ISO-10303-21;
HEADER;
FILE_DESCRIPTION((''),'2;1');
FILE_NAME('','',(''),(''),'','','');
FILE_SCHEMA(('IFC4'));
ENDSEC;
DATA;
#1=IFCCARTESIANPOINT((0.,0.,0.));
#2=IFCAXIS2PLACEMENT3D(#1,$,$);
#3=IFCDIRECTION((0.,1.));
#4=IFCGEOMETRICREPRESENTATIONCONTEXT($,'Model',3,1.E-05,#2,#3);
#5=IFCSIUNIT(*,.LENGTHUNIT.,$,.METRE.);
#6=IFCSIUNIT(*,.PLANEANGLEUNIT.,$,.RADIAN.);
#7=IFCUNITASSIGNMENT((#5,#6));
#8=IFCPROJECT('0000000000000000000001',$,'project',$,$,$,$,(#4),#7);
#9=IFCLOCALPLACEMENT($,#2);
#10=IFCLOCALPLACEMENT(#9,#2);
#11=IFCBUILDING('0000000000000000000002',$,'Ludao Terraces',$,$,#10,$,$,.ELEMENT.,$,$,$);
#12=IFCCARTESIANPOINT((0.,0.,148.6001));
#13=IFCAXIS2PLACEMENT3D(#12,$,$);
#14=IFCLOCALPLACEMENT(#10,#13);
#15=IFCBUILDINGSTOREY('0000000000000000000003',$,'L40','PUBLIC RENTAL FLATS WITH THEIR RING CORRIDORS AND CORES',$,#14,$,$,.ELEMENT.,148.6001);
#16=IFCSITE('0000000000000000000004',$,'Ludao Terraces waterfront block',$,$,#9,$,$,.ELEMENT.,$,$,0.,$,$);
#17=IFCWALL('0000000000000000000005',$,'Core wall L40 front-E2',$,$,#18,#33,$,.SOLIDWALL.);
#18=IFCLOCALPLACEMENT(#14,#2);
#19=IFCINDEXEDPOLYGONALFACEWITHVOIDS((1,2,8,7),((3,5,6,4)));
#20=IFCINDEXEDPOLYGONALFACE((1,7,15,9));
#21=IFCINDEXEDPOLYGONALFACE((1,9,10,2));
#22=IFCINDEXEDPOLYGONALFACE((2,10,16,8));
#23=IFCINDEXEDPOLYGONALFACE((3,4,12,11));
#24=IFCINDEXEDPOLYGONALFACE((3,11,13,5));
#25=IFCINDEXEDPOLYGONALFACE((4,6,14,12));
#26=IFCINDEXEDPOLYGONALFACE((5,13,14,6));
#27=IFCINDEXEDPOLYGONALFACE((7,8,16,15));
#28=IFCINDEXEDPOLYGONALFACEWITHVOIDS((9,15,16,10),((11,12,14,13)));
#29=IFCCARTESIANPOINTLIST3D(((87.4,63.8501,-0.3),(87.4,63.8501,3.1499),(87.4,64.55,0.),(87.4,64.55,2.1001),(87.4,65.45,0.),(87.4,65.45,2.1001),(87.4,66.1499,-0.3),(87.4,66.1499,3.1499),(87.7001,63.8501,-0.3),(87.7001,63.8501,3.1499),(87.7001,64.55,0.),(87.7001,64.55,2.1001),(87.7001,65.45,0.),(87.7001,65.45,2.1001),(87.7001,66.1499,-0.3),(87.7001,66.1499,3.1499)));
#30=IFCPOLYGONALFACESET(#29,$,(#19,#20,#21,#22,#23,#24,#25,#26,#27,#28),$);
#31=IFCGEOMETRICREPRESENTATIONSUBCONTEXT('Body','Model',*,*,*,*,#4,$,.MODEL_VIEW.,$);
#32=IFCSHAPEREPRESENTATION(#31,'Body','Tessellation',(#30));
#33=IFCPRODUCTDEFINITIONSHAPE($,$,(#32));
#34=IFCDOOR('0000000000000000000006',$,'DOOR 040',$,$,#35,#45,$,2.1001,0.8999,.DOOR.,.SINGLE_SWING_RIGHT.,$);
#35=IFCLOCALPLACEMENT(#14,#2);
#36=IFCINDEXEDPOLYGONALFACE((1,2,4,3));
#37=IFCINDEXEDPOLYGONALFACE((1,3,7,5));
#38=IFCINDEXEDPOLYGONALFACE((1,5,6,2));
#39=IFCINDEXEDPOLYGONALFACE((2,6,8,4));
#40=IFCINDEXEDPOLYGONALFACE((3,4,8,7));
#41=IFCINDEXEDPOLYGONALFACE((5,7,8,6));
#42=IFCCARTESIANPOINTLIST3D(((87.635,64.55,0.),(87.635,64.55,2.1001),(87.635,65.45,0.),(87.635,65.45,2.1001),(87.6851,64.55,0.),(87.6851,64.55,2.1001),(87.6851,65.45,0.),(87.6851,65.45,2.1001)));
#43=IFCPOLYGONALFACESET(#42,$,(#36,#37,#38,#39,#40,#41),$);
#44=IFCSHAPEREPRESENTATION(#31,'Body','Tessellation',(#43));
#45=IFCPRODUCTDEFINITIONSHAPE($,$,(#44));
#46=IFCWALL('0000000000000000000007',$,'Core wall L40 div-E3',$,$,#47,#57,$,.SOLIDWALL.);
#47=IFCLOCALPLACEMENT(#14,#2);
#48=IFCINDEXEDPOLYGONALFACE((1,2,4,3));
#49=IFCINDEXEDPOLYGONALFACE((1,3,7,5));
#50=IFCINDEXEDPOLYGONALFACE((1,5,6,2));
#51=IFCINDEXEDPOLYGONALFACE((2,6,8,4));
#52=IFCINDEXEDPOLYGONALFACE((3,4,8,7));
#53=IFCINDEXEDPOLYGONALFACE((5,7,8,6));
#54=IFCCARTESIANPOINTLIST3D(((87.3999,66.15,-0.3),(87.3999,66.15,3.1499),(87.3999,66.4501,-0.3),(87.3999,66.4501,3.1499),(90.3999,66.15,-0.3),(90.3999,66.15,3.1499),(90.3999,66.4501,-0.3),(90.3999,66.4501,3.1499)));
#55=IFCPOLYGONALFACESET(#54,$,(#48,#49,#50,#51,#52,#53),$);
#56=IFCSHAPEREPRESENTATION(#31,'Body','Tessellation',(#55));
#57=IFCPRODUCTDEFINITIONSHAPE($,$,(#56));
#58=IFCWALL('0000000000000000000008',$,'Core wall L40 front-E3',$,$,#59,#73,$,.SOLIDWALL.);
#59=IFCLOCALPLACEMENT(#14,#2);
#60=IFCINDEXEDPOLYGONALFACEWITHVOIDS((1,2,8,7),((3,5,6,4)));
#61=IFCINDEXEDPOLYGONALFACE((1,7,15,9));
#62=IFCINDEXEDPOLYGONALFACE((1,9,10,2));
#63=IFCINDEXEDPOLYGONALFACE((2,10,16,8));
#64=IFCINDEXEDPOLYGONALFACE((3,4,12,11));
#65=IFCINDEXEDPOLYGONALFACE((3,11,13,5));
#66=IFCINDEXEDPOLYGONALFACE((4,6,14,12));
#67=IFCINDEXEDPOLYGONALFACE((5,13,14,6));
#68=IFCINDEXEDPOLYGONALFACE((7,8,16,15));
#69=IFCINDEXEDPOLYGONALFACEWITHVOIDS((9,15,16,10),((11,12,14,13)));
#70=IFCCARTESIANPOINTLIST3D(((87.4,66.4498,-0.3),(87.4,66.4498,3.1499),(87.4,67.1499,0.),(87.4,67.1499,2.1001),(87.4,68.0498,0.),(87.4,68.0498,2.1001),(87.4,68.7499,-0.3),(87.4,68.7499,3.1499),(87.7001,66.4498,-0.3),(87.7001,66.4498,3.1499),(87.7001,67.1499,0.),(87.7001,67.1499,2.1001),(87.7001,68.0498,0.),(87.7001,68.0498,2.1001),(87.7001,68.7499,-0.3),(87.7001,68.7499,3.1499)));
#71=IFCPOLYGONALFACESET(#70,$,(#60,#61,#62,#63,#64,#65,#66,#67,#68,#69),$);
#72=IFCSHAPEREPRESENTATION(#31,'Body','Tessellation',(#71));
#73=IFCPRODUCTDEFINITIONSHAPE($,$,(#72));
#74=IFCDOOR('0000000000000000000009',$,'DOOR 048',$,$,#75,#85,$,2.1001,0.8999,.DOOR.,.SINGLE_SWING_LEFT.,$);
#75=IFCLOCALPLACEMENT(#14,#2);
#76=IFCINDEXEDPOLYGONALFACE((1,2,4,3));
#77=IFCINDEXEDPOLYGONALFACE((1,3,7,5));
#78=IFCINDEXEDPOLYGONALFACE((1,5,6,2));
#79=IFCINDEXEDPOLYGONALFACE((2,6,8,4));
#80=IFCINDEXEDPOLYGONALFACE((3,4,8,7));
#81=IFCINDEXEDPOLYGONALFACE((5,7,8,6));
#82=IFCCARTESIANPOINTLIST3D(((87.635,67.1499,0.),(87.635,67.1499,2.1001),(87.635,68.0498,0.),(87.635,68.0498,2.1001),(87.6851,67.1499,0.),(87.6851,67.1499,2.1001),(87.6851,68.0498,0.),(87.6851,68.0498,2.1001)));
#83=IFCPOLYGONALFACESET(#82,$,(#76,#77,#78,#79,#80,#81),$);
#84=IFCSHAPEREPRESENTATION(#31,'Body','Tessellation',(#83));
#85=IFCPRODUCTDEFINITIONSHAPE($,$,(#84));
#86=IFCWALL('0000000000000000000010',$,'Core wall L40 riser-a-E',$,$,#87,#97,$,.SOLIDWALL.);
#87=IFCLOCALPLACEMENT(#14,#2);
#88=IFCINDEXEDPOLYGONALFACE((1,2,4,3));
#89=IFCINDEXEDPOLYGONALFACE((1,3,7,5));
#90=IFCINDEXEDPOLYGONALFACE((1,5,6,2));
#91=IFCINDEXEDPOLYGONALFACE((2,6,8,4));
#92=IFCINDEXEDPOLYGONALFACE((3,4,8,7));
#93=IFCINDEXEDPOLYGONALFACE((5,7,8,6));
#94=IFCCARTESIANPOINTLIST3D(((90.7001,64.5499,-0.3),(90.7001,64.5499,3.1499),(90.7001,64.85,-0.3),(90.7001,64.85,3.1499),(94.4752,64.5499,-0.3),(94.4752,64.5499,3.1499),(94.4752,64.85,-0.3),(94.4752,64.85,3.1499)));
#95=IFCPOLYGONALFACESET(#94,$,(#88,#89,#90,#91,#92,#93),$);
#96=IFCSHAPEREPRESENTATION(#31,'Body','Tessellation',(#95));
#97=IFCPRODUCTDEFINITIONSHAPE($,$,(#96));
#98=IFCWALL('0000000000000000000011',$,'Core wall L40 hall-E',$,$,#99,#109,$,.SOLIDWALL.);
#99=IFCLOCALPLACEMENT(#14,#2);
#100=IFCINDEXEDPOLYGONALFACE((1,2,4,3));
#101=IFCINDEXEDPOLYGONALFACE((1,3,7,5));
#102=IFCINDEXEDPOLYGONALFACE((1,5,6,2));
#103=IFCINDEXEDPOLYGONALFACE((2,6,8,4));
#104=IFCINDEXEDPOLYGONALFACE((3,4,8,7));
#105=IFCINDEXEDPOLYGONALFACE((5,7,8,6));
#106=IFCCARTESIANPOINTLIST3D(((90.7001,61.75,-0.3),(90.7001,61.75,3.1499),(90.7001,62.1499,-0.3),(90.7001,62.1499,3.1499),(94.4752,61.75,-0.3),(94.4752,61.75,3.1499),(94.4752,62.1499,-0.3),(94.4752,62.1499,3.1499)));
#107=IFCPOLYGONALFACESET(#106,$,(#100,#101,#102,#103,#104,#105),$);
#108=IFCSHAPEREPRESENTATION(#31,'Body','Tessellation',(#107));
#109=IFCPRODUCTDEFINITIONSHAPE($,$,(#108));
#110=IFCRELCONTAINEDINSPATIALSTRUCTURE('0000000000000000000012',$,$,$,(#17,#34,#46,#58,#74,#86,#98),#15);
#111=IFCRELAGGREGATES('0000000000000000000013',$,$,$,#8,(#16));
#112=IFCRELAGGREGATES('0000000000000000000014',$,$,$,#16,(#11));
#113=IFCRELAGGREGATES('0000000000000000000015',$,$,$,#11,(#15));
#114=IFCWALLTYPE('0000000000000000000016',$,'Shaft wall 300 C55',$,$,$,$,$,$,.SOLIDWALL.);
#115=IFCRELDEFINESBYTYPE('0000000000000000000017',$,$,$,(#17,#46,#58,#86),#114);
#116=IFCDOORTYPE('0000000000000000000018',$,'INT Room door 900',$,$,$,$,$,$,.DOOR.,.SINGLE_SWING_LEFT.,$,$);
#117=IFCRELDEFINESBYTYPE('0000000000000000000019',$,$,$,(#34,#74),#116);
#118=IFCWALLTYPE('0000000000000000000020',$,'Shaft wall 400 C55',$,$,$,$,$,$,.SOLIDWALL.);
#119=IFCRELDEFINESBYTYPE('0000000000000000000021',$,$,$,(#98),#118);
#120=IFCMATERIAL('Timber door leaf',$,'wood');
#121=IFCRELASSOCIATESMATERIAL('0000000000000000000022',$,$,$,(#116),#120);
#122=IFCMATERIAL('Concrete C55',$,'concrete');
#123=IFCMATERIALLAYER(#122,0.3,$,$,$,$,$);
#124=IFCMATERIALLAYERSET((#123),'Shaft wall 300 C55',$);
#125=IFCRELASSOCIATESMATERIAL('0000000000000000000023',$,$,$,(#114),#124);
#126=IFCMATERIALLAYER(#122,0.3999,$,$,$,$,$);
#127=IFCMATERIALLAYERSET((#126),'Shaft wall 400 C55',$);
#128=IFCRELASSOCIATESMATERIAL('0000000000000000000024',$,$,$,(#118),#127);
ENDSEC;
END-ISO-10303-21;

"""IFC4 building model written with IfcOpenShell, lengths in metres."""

from ifc_helpers import new_model, si_unit, direction, frame, frame_2d, origin, place, context, subcontext, project, spatial, rectangle, extrude, material, layer, layer_set, type_object, element, fill, save


model = new_model("IFC4")

# Units and contexts
model_context = context("Model", 3, precision=1e-05, world=origin(), true_north=direction((0.0, 1.0)))
body_context = subcontext(model_context, "Body", "Model", "MODEL_VIEW")
ifc_project = project(units=[si_unit("LENGTHUNIT", "METRE"), si_unit("PLANEANGLEUNIT", "RADIAN")], contexts=[model_context])

# Site, building, storey
site_placement = place(None, origin())
site = spatial("IfcSite", under=ifc_project, at=site_placement, Name="Ludao Terraces waterfront block", CompositionType="ELEMENT", RefElevation=0.0)
building_placement = place(site_placement, origin())
building = spatial("IfcBuilding", under=site, at=building_placement, Name="Ludao Terraces", CompositionType="ELEMENT")
storey_placement = place(building_placement, frame((0.0, 0.0, 148.6001)))
storey = spatial("IfcBuildingStorey", under=building, at=storey_placement, Name="L40", Description="PUBLIC RENTAL FLATS WITH THEIR RING CORRIDORS AND CORES", CompositionType="ELEMENT", Elevation=148.6001)

# Shared definitions
ifc_material_1 = material(Name="Timber door leaf", Category="wood")
door_type_1 = type_object("IfcDoorType", Name="INT Room door 900", OperationType="SINGLE_SWING_LEFT", PredefinedType="DOOR", material=ifc_material_1)

# Shared definitions
ifc_material_2 = material(Name="Concrete C55", Category="concrete")
ifc_layer_1 = layer(ifc_material_2, 0.3)
ifc_layer_set_1 = layer_set([ifc_layer_1], Name="Shaft wall 300 C55")
wall_type_1 = type_object("IfcWallType", Name="Shaft wall 300 C55", PredefinedType="SOLIDWALL", material=ifc_layer_set_1)

# Wall, opening, door
wall_1_placement = place(storey_placement, frame((87.55, 63.8501, -0.3), z_axis=(0.0, 0.0, 1.0), x_axis=(0.0, 1.0, 0.0)))
wall_1 = element("IfcWall", 1, at=wall_1_placement, inside=storey, type_object=wall_type_1, Name="Core wall L40 front-E2", PredefinedType="SOLIDWALL", context=body_context, shape_type="SweptSolid", body=[
    extrude(rectangle(XDim=2.2998, YDim=0.3, at=frame_2d((1.1499, 0.0))), origin(), (0.0, 0.0, 1.0), 3.45),
])
opening_1_placement = place(wall_1_placement, frame((0.7, 0.0, 0.3)))
opening_1 = element("IfcOpeningElement", 2, at=opening_1_placement, cuts=wall_1, PredefinedType="OPENING", context=body_context, shape_type="SweptSolid", body=[
    extrude(rectangle(XDim=0.8999, YDim=2.1001, at=frame_2d((0.45, 1.05))), frame((0.0, 0.1602, 0.0), z_axis=(0.0, -1.0, 0.0), x_axis=(1.0, 0.0, 0.0)), (0.0, 0.0, 1.0), 0.3201),
])
door_1_placement = place(opening_1_placement, origin())
door_1 = element("IfcDoor", 3, at=door_1_placement, inside=storey, type_object=door_type_1, Name="DOOR 040", OperationType="SINGLE_SWING_RIGHT", OverallHeight=2.1001, OverallWidth=0.8999, PredefinedType="DOOR", context=body_context, shape_type="SweptSolid", body=[
    extrude(rectangle(XDim=0.8999, YDim=2.1001, at=frame_2d((0.45, 1.05))), frame((0.0, -0.085, 0.0), z_axis=(0.0, -1.0, 0.0), x_axis=(1.0, 0.0, 0.0)), (0.0, 0.0, 1.0), 0.05),
])
fill(opening_1, door_1)

# Wall
wall_2_placement = place(storey_placement, frame((87.3999, 66.3, -0.3), z_axis=(0.0, 0.0, 1.0), x_axis=(1.0, 0.0, 0.0)))
element("IfcWall", 4, at=wall_2_placement, inside=storey, type_object=wall_type_1, Name="Core wall L40 div-E3", PredefinedType="SOLIDWALL", context=body_context, shape_type="SweptSolid", body=[
    extrude(rectangle(XDim=3.0, YDim=0.3, at=frame_2d((1.5, 0.0))), origin(), (0.0, 0.0, 1.0), 3.45),
])

# Wall, opening, door
wall_3_placement = place(storey_placement, frame((87.55, 66.45, -0.3), z_axis=(0.0, 0.0, 1.0), x_axis=(0.0, 1.0, 0.0)))
wall_3 = element("IfcWall", 5, at=wall_3_placement, inside=storey, type_object=wall_type_1, Name="Core wall L40 front-E3", PredefinedType="SOLIDWALL", context=body_context, shape_type="SweptSolid", body=[
    extrude(rectangle(XDim=2.3, YDim=0.3, at=frame_2d((1.1499, 0.0))), origin(), (0.0, 0.0, 1.0), 3.45),
])
opening_2_placement = place(wall_3_placement, frame((0.7, 0.0, 0.3)))
opening_2 = element("IfcOpeningElement", 6, at=opening_2_placement, cuts=wall_3, PredefinedType="OPENING", context=body_context, shape_type="SweptSolid", body=[
    extrude(rectangle(XDim=0.8999, YDim=2.1001, at=frame_2d((0.45, 1.05))), frame((0.0, 0.1602, 0.0), z_axis=(0.0, -1.0, 0.0), x_axis=(1.0, 0.0, 0.0)), (0.0, 0.0, 1.0), 0.3201),
])
door_2_placement = place(opening_2_placement, origin())
door_2 = element("IfcDoor", 7, at=door_2_placement, inside=storey, type_object=door_type_1, Name="DOOR 048", OperationType="SINGLE_SWING_LEFT", OverallHeight=2.1001, OverallWidth=0.8999, PredefinedType="DOOR", context=body_context, shape_type="SweptSolid", body=[
    extrude(rectangle(XDim=0.8999, YDim=2.1001, at=frame_2d((0.45, 1.05))), frame((0.0, -0.085, 0.0), z_axis=(0.0, -1.0, 0.0), x_axis=(1.0, 0.0, 0.0)), (0.0, 0.0, 1.0), 0.05),
])
fill(opening_2, door_2)

# Walls
wall_4_placement = place(storey_placement, frame((90.7, 64.7, -0.3), z_axis=(0.0, 0.0, 1.0), x_axis=(1.0, 0.0, 0.0)))
element("IfcWall", 8, at=wall_4_placement, inside=storey, type_object=wall_type_1, Name="Core wall L40 riser-a-E", PredefinedType="SOLIDWALL", context=body_context, shape_type="SweptSolid", body=[
    extrude(rectangle(XDim=3.7751, YDim=0.3, at=frame_2d((1.8877, 0.0))), origin(), (0.0, 0.0, 1.0), 3.45),
])
ifc_layer_2 = layer(ifc_material_2, 0.3999)
ifc_layer_set_2 = layer_set([ifc_layer_2], Name="Shaft wall 400 C55")
wall_type_2 = type_object("IfcWallType", Name="Shaft wall 400 C55", PredefinedType="SOLIDWALL", material=ifc_layer_set_2)
wall_5_placement = place(storey_placement, frame((90.7, 61.95, -0.3), z_axis=(0.0, 0.0, 1.0), x_axis=(1.0, 0.0, 0.0)))
element("IfcWall", 9, at=wall_5_placement, inside=storey, type_object=wall_type_2, Name="Core wall L40 hall-E", PredefinedType="SOLIDWALL", context=body_context, shape_type="SweptSolid", body=[
    extrude(rectangle(XDim=3.7751, YDim=0.3999, at=frame_2d((1.8877, 0.0))), origin(), (0.0, 0.0, 1.0), 3.45),
])

save(model, "model.ifc")
